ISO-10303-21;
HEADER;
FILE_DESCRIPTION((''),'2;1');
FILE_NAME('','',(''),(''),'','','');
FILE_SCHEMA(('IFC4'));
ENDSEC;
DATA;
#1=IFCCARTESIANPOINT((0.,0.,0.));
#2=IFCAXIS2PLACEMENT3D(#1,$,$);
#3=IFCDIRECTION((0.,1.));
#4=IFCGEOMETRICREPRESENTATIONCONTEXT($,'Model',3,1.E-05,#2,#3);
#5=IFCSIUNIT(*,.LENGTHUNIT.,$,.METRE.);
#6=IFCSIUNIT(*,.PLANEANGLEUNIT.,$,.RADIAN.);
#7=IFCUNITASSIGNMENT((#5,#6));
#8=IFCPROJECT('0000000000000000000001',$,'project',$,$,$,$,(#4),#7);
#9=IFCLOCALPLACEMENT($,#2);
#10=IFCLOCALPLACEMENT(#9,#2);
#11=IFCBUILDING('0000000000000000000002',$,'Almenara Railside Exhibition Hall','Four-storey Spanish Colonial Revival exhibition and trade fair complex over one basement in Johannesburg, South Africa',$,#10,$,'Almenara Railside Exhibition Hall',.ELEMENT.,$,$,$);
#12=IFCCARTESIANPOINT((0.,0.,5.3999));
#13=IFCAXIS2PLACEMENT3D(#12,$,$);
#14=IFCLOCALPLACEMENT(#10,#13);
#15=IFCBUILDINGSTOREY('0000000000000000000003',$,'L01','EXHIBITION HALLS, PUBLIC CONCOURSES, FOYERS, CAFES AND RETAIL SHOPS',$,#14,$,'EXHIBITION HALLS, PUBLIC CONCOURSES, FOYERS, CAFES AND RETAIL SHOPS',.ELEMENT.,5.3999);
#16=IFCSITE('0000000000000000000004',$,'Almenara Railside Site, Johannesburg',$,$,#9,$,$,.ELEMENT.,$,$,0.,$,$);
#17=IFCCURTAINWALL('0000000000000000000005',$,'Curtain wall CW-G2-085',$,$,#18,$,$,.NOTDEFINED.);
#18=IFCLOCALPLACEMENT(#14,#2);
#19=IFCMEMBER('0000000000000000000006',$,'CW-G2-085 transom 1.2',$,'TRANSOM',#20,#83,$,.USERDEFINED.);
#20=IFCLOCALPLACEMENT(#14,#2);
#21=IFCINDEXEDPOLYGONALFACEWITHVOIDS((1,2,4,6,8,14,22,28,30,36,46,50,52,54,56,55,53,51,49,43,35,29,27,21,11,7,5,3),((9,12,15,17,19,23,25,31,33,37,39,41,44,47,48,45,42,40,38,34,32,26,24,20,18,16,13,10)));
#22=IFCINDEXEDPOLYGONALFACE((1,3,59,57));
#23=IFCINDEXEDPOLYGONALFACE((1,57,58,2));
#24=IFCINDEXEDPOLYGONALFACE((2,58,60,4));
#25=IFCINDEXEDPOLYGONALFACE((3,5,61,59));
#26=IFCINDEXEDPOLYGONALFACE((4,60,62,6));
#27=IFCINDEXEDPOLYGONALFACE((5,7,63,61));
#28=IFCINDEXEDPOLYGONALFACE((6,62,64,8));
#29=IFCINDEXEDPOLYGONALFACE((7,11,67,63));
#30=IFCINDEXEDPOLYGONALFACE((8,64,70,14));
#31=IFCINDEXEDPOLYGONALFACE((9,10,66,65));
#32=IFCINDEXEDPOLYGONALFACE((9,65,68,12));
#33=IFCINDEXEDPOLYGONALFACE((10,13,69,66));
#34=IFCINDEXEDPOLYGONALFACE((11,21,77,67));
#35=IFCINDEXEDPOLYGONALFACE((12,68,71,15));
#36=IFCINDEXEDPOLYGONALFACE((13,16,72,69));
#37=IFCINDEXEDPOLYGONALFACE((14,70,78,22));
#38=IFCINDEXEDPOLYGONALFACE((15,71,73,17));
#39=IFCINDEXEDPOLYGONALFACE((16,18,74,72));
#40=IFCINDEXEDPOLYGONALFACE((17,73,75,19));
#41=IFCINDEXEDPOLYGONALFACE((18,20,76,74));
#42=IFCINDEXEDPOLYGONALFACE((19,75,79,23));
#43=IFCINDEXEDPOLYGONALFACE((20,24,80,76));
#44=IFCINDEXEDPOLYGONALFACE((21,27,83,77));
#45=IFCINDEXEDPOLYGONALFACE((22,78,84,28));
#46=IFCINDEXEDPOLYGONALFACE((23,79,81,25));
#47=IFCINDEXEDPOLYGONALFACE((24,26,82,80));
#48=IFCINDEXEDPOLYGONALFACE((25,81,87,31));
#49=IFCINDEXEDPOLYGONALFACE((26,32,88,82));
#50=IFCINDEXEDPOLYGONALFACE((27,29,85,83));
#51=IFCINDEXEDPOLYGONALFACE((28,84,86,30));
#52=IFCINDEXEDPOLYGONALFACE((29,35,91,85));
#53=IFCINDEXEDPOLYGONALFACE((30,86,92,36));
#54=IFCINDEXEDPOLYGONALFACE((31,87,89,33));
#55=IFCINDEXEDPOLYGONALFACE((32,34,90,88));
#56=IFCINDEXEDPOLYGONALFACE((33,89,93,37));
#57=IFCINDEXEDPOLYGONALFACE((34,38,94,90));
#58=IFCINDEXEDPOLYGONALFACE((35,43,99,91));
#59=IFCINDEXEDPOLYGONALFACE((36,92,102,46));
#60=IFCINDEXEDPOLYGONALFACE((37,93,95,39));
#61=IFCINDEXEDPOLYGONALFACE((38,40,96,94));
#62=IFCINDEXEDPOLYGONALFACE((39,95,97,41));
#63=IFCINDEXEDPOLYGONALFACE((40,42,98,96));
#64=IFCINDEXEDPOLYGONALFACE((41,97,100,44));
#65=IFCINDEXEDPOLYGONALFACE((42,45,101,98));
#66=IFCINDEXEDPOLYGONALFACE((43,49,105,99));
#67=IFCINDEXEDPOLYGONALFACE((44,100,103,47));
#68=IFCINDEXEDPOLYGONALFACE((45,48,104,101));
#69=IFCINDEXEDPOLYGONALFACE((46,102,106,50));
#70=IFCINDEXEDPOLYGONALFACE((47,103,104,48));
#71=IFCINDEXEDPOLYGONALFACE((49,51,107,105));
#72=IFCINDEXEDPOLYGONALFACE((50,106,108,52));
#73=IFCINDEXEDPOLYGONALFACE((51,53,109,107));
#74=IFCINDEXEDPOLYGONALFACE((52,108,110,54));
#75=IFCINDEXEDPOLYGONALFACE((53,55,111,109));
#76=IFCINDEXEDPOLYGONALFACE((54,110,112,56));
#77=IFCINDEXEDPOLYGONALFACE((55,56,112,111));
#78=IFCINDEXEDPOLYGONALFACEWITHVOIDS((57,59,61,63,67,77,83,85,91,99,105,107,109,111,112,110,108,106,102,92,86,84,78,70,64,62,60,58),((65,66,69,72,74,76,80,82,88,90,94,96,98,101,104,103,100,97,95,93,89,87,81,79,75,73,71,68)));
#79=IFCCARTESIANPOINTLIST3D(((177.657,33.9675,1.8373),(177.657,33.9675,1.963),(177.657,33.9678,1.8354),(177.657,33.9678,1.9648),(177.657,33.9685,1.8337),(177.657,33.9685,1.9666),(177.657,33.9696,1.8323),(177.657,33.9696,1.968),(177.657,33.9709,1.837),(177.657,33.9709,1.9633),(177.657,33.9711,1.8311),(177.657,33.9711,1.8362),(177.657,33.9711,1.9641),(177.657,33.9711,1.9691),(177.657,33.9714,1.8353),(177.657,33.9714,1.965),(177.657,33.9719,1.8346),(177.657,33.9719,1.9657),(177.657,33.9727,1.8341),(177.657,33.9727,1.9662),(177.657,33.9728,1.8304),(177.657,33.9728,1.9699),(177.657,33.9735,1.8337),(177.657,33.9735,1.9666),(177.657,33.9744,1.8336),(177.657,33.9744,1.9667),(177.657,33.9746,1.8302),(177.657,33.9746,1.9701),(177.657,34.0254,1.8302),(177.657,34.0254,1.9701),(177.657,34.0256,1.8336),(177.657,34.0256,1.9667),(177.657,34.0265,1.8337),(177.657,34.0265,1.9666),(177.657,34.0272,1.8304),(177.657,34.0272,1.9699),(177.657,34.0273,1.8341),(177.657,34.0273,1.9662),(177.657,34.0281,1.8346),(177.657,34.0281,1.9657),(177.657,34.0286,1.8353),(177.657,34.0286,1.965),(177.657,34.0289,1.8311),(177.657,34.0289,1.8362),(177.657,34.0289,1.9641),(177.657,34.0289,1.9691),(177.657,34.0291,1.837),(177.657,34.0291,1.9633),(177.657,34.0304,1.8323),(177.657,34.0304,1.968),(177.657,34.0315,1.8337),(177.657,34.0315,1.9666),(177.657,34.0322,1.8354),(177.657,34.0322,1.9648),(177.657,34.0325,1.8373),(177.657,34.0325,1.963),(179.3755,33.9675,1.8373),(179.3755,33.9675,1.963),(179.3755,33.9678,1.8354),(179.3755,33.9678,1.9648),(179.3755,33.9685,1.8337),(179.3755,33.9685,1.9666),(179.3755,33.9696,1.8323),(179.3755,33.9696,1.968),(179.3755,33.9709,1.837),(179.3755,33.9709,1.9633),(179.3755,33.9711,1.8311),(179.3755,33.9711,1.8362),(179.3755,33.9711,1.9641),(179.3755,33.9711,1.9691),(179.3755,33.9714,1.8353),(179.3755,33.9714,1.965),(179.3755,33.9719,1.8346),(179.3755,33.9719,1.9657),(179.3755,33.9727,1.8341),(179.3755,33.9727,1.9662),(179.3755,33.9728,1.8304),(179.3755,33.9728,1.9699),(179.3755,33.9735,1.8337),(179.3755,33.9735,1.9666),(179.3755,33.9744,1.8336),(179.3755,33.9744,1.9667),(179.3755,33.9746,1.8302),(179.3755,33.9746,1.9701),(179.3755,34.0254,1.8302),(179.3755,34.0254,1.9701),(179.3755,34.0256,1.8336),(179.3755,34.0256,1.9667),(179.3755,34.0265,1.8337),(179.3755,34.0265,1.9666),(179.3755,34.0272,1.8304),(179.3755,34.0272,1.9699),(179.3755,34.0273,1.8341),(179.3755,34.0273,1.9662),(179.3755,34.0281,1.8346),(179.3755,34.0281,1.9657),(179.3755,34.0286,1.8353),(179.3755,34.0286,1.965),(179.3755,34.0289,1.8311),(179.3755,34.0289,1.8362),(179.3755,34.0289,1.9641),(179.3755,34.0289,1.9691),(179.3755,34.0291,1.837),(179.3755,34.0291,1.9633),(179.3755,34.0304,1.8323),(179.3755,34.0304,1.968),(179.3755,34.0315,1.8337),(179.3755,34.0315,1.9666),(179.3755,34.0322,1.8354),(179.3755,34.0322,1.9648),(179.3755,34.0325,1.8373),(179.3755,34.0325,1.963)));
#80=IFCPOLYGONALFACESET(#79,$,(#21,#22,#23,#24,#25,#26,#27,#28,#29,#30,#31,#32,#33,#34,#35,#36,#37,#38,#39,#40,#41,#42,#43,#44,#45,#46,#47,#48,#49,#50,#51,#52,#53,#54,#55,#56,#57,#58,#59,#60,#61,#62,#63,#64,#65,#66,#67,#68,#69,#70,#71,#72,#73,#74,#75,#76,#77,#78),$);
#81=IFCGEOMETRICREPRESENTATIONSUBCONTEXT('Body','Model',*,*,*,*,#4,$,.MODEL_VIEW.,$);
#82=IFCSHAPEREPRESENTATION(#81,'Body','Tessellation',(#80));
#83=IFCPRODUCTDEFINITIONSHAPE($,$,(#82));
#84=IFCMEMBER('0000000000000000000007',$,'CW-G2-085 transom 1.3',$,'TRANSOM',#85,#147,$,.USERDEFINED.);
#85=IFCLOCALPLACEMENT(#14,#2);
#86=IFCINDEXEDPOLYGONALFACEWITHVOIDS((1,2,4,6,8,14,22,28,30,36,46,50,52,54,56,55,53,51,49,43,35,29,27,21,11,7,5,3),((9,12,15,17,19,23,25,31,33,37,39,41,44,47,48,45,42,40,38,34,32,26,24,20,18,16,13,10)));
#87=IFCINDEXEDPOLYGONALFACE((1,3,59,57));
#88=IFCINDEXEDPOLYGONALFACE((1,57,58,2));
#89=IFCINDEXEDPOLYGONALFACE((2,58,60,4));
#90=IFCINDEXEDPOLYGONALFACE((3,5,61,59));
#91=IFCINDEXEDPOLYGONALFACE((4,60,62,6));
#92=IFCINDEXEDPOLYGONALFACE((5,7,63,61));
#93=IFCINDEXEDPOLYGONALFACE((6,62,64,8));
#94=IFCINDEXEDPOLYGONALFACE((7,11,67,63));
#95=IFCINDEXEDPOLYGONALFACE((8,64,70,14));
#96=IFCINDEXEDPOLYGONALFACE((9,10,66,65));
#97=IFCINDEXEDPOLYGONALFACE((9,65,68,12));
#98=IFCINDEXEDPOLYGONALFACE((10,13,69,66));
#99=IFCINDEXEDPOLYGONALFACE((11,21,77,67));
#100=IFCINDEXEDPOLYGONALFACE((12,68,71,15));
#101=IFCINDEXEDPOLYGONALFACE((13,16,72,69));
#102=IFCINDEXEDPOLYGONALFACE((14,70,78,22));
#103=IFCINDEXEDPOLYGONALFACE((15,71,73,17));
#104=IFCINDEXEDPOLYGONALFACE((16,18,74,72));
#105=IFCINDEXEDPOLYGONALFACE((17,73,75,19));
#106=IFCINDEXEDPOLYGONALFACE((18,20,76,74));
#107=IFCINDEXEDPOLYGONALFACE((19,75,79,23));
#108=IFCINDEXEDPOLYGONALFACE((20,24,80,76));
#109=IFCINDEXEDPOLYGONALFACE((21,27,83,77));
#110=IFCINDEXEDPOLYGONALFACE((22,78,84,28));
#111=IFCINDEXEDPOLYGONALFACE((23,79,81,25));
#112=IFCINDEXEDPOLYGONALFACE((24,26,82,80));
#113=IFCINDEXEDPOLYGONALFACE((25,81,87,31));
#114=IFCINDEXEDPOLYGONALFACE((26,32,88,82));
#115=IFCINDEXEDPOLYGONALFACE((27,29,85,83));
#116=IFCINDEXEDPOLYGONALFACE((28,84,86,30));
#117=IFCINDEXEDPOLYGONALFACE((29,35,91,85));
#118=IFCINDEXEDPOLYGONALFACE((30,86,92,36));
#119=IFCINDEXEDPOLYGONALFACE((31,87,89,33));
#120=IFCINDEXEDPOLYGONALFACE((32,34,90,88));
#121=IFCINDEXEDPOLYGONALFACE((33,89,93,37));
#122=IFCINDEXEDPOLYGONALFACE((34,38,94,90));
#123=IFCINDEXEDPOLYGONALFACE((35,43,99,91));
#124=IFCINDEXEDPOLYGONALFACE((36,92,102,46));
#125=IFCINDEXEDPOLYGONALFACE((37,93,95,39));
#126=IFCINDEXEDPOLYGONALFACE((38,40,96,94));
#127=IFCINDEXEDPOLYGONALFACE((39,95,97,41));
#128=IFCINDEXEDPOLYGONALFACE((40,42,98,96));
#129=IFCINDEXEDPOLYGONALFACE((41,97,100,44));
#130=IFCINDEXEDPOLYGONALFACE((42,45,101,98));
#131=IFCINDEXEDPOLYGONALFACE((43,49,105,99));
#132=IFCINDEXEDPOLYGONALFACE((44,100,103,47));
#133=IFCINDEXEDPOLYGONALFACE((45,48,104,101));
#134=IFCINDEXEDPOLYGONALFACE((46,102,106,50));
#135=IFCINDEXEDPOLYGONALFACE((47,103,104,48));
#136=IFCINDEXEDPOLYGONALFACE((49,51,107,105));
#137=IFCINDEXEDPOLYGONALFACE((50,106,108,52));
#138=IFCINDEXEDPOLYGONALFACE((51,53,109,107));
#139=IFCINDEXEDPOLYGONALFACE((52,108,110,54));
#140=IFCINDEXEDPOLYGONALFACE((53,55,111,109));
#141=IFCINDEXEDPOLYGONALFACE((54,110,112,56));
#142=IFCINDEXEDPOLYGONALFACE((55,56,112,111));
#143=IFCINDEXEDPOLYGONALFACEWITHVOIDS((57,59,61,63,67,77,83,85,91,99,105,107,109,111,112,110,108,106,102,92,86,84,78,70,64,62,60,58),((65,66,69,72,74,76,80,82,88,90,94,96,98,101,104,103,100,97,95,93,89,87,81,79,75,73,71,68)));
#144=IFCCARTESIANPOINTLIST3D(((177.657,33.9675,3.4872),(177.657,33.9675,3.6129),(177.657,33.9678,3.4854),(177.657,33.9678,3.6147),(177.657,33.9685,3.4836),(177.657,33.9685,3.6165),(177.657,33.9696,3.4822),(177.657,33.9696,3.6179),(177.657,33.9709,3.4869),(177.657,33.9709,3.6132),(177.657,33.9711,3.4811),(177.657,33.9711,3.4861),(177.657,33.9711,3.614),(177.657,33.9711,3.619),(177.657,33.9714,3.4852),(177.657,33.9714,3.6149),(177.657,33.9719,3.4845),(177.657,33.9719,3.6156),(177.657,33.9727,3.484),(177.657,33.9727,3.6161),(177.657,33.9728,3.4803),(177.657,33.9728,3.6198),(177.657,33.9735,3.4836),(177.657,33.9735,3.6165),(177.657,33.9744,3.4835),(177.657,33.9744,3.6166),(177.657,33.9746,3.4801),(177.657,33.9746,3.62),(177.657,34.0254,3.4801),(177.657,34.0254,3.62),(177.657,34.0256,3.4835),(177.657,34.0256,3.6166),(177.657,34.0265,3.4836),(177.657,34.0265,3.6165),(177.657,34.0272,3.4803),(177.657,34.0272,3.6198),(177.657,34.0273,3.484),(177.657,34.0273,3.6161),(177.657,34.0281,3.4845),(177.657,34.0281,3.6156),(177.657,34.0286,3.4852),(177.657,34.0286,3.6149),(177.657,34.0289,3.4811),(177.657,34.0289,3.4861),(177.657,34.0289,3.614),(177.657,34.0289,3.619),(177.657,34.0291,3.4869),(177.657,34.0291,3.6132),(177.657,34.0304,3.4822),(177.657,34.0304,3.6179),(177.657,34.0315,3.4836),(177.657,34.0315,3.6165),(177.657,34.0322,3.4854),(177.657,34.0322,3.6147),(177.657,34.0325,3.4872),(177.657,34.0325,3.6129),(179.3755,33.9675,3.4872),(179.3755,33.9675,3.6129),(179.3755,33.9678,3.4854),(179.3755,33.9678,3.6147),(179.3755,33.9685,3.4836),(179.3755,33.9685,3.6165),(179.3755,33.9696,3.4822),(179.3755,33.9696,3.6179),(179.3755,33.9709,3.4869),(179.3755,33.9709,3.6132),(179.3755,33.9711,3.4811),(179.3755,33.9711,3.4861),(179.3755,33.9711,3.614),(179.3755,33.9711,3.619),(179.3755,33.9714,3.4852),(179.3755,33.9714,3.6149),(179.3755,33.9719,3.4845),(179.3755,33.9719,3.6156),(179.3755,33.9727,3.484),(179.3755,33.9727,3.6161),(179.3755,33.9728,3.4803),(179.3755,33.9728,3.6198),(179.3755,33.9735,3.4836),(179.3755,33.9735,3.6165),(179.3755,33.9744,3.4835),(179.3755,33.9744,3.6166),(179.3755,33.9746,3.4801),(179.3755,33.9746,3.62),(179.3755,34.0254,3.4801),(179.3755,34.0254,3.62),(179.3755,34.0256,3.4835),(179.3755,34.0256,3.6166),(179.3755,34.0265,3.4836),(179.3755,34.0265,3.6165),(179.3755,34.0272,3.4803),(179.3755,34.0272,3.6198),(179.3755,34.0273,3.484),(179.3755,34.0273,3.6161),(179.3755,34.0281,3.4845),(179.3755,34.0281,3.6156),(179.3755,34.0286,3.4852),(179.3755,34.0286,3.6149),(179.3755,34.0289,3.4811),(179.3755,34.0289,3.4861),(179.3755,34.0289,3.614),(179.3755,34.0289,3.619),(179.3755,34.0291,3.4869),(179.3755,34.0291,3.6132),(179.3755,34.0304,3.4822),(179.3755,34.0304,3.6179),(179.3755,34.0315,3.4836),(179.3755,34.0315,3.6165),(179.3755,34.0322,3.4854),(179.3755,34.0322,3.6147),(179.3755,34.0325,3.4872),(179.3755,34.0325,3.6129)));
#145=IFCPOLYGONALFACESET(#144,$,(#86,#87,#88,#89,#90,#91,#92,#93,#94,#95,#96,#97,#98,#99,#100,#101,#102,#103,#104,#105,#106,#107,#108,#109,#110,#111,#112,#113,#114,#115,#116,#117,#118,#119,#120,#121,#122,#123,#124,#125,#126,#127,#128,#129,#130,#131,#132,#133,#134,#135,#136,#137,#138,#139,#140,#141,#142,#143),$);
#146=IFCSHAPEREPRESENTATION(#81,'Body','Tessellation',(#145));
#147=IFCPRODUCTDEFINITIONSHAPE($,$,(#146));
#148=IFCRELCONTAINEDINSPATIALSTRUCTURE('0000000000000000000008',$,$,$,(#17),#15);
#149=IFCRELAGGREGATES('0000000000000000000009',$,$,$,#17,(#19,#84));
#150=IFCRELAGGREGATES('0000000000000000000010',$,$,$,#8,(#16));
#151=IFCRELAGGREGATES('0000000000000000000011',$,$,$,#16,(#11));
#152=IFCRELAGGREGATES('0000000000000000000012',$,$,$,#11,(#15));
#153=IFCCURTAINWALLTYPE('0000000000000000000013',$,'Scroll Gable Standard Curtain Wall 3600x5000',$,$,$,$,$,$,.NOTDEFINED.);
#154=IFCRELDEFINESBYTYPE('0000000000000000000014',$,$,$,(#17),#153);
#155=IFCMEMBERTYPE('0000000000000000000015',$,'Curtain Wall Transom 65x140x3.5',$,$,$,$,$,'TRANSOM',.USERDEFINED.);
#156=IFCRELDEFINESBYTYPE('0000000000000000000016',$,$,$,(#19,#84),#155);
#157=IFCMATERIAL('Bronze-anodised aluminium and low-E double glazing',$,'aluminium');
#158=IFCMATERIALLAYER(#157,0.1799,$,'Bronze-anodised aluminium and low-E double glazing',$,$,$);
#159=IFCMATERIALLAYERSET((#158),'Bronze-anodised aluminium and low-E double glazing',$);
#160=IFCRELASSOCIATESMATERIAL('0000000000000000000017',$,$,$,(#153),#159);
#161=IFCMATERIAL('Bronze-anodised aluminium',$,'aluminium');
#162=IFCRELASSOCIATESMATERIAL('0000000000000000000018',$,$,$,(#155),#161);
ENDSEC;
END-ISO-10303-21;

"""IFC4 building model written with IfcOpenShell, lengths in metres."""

from ifc_helpers import new_model, si_unit, direction, frame, origin, origin_2d, place, context, subcontext, project, spatial, hollow_rectangle, extrude, material, layer, layer_set, material_profile, profile_set, type_object, element, aggregate, save


model = new_model("IFC4")

# Units and contexts
model_context = context("Model", 3, precision=1e-05, world=origin(), true_north=direction((0.0, 1.0)))
body_context = subcontext(model_context, "Body", "Model", "MODEL_VIEW")
ifc_project = project(units=[si_unit("LENGTHUNIT", "METRE"), si_unit("PLANEANGLEUNIT", "RADIAN")], contexts=[model_context])

# Site, building, storey
site_placement = place(None, origin())
site = spatial("IfcSite", under=ifc_project, at=site_placement, Name="Almenara Railside Site, Johannesburg", CompositionType="ELEMENT", RefElevation=0.0)
building_placement = place(site_placement, origin())
building = spatial("IfcBuilding", under=site, at=building_placement, Name="Almenara Railside Exhibition Hall", Description="Four-storey Spanish Colonial Revival exhibition and trade fair complex over one basement in Johannesburg, South Africa", LongName="Almenara Railside Exhibition Hall", CompositionType="ELEMENT")
storey_placement = place(building_placement, frame((0.0, 0.0, 5.3999)))
storey = spatial("IfcBuildingStorey", under=building, at=storey_placement, Name="L01", Description="EXHIBITION HALLS, PUBLIC CONCOURSES, FOYERS, CAFES AND RETAIL SHOPS", LongName="EXHIBITION HALLS, PUBLIC CONCOURSES, FOYERS, CAFES AND RETAIL SHOPS", CompositionType="ELEMENT", Elevation=5.3999)

# Curtain wall
ifc_material_1 = material(Name="Bronze-anodised aluminium and low-E double glazing", Category="aluminium")
ifc_layer_1 = layer(ifc_material_1, 0.1799, Name="Bronze-anodised aluminium and low-E double glazing")
ifc_layer_set_1 = layer_set([ifc_layer_1], Name="Bronze-anodised aluminium and low-E double glazing")
curtain_wall_type = type_object("IfcCurtainWallType", Name="Scroll Gable Standard Curtain Wall 3600x5000", PredefinedType="NOTDEFINED", material=ifc_layer_set_1)
curtain_wall_1_placement = place(storey_placement, origin())
curtain_wall_1 = element("IfcCurtainWall", 1, at=curtain_wall_1_placement, inside=storey, type_object=curtain_wall_type, Name="Curtain wall CW-G2-085", PredefinedType="NOTDEFINED")
ifc_material_2 = material(Name="Bronze-anodised aluminium", Category="aluminium")

# Members
ifc_material_profile_1 = material_profile(ifc_material_2, hollow_rectangle(XDim=0.0649, YDim=0.1399, WallThickness=0.0034, InnerFilletRadius=0.0034, OuterFilletRadius=0.0071, at=origin_2d()), Name="ALU-TRN 65x140x3.5")
ifc_profile_set_1 = profile_set([ifc_material_profile_1], Name="Bronze-anodised aluminium")
member_type_1 = type_object("IfcMemberType", Name="Curtain Wall Transom 65x140x3.5", ElementType="TRANSOM", PredefinedType="USERDEFINED", material=ifc_profile_set_1)
member_1_placement = place(storey_placement, frame((177.657, 34.0, 1.9001), z_axis=(1.0, 0.0, 0.0), x_axis=(0.0, 1.0, 0.0)))
member_1 = element("IfcMember", 2, at=member_1_placement, type_object=member_type_1, Name="CW-G2-085 transom 1.2", ObjectType="TRANSOM", PredefinedType="USERDEFINED", context=body_context, shape_type="SweptSolid", body=[
    extrude(hollow_rectangle(XDim=0.0649, YDim=0.1399, WallThickness=0.0034, InnerFilletRadius=0.0034, OuterFilletRadius=0.0071, at=origin_2d()), origin(), (0.0, 0.0, 1.0), 1.7185),
])
member_2_placement = place(storey_placement, frame((177.657, 34.0, 3.55), z_axis=(1.0, 0.0, 0.0), x_axis=(0.0, 1.0, 0.0)))
member_2 = element("IfcMember", 3, at=member_2_placement, type_object=member_type_1, Name="CW-G2-085 transom 1.3", ObjectType="TRANSOM", PredefinedType="USERDEFINED", context=body_context, shape_type="SweptSolid", body=[
    extrude(hollow_rectangle(XDim=0.0649, YDim=0.1399, WallThickness=0.0034, InnerFilletRadius=0.0034, OuterFilletRadius=0.0071, at=origin_2d()), origin(), (0.0, 0.0, 1.0), 1.7185),
])

aggregate(curtain_wall_1, [member_1, member_2])

save(model, "model.ifc")
